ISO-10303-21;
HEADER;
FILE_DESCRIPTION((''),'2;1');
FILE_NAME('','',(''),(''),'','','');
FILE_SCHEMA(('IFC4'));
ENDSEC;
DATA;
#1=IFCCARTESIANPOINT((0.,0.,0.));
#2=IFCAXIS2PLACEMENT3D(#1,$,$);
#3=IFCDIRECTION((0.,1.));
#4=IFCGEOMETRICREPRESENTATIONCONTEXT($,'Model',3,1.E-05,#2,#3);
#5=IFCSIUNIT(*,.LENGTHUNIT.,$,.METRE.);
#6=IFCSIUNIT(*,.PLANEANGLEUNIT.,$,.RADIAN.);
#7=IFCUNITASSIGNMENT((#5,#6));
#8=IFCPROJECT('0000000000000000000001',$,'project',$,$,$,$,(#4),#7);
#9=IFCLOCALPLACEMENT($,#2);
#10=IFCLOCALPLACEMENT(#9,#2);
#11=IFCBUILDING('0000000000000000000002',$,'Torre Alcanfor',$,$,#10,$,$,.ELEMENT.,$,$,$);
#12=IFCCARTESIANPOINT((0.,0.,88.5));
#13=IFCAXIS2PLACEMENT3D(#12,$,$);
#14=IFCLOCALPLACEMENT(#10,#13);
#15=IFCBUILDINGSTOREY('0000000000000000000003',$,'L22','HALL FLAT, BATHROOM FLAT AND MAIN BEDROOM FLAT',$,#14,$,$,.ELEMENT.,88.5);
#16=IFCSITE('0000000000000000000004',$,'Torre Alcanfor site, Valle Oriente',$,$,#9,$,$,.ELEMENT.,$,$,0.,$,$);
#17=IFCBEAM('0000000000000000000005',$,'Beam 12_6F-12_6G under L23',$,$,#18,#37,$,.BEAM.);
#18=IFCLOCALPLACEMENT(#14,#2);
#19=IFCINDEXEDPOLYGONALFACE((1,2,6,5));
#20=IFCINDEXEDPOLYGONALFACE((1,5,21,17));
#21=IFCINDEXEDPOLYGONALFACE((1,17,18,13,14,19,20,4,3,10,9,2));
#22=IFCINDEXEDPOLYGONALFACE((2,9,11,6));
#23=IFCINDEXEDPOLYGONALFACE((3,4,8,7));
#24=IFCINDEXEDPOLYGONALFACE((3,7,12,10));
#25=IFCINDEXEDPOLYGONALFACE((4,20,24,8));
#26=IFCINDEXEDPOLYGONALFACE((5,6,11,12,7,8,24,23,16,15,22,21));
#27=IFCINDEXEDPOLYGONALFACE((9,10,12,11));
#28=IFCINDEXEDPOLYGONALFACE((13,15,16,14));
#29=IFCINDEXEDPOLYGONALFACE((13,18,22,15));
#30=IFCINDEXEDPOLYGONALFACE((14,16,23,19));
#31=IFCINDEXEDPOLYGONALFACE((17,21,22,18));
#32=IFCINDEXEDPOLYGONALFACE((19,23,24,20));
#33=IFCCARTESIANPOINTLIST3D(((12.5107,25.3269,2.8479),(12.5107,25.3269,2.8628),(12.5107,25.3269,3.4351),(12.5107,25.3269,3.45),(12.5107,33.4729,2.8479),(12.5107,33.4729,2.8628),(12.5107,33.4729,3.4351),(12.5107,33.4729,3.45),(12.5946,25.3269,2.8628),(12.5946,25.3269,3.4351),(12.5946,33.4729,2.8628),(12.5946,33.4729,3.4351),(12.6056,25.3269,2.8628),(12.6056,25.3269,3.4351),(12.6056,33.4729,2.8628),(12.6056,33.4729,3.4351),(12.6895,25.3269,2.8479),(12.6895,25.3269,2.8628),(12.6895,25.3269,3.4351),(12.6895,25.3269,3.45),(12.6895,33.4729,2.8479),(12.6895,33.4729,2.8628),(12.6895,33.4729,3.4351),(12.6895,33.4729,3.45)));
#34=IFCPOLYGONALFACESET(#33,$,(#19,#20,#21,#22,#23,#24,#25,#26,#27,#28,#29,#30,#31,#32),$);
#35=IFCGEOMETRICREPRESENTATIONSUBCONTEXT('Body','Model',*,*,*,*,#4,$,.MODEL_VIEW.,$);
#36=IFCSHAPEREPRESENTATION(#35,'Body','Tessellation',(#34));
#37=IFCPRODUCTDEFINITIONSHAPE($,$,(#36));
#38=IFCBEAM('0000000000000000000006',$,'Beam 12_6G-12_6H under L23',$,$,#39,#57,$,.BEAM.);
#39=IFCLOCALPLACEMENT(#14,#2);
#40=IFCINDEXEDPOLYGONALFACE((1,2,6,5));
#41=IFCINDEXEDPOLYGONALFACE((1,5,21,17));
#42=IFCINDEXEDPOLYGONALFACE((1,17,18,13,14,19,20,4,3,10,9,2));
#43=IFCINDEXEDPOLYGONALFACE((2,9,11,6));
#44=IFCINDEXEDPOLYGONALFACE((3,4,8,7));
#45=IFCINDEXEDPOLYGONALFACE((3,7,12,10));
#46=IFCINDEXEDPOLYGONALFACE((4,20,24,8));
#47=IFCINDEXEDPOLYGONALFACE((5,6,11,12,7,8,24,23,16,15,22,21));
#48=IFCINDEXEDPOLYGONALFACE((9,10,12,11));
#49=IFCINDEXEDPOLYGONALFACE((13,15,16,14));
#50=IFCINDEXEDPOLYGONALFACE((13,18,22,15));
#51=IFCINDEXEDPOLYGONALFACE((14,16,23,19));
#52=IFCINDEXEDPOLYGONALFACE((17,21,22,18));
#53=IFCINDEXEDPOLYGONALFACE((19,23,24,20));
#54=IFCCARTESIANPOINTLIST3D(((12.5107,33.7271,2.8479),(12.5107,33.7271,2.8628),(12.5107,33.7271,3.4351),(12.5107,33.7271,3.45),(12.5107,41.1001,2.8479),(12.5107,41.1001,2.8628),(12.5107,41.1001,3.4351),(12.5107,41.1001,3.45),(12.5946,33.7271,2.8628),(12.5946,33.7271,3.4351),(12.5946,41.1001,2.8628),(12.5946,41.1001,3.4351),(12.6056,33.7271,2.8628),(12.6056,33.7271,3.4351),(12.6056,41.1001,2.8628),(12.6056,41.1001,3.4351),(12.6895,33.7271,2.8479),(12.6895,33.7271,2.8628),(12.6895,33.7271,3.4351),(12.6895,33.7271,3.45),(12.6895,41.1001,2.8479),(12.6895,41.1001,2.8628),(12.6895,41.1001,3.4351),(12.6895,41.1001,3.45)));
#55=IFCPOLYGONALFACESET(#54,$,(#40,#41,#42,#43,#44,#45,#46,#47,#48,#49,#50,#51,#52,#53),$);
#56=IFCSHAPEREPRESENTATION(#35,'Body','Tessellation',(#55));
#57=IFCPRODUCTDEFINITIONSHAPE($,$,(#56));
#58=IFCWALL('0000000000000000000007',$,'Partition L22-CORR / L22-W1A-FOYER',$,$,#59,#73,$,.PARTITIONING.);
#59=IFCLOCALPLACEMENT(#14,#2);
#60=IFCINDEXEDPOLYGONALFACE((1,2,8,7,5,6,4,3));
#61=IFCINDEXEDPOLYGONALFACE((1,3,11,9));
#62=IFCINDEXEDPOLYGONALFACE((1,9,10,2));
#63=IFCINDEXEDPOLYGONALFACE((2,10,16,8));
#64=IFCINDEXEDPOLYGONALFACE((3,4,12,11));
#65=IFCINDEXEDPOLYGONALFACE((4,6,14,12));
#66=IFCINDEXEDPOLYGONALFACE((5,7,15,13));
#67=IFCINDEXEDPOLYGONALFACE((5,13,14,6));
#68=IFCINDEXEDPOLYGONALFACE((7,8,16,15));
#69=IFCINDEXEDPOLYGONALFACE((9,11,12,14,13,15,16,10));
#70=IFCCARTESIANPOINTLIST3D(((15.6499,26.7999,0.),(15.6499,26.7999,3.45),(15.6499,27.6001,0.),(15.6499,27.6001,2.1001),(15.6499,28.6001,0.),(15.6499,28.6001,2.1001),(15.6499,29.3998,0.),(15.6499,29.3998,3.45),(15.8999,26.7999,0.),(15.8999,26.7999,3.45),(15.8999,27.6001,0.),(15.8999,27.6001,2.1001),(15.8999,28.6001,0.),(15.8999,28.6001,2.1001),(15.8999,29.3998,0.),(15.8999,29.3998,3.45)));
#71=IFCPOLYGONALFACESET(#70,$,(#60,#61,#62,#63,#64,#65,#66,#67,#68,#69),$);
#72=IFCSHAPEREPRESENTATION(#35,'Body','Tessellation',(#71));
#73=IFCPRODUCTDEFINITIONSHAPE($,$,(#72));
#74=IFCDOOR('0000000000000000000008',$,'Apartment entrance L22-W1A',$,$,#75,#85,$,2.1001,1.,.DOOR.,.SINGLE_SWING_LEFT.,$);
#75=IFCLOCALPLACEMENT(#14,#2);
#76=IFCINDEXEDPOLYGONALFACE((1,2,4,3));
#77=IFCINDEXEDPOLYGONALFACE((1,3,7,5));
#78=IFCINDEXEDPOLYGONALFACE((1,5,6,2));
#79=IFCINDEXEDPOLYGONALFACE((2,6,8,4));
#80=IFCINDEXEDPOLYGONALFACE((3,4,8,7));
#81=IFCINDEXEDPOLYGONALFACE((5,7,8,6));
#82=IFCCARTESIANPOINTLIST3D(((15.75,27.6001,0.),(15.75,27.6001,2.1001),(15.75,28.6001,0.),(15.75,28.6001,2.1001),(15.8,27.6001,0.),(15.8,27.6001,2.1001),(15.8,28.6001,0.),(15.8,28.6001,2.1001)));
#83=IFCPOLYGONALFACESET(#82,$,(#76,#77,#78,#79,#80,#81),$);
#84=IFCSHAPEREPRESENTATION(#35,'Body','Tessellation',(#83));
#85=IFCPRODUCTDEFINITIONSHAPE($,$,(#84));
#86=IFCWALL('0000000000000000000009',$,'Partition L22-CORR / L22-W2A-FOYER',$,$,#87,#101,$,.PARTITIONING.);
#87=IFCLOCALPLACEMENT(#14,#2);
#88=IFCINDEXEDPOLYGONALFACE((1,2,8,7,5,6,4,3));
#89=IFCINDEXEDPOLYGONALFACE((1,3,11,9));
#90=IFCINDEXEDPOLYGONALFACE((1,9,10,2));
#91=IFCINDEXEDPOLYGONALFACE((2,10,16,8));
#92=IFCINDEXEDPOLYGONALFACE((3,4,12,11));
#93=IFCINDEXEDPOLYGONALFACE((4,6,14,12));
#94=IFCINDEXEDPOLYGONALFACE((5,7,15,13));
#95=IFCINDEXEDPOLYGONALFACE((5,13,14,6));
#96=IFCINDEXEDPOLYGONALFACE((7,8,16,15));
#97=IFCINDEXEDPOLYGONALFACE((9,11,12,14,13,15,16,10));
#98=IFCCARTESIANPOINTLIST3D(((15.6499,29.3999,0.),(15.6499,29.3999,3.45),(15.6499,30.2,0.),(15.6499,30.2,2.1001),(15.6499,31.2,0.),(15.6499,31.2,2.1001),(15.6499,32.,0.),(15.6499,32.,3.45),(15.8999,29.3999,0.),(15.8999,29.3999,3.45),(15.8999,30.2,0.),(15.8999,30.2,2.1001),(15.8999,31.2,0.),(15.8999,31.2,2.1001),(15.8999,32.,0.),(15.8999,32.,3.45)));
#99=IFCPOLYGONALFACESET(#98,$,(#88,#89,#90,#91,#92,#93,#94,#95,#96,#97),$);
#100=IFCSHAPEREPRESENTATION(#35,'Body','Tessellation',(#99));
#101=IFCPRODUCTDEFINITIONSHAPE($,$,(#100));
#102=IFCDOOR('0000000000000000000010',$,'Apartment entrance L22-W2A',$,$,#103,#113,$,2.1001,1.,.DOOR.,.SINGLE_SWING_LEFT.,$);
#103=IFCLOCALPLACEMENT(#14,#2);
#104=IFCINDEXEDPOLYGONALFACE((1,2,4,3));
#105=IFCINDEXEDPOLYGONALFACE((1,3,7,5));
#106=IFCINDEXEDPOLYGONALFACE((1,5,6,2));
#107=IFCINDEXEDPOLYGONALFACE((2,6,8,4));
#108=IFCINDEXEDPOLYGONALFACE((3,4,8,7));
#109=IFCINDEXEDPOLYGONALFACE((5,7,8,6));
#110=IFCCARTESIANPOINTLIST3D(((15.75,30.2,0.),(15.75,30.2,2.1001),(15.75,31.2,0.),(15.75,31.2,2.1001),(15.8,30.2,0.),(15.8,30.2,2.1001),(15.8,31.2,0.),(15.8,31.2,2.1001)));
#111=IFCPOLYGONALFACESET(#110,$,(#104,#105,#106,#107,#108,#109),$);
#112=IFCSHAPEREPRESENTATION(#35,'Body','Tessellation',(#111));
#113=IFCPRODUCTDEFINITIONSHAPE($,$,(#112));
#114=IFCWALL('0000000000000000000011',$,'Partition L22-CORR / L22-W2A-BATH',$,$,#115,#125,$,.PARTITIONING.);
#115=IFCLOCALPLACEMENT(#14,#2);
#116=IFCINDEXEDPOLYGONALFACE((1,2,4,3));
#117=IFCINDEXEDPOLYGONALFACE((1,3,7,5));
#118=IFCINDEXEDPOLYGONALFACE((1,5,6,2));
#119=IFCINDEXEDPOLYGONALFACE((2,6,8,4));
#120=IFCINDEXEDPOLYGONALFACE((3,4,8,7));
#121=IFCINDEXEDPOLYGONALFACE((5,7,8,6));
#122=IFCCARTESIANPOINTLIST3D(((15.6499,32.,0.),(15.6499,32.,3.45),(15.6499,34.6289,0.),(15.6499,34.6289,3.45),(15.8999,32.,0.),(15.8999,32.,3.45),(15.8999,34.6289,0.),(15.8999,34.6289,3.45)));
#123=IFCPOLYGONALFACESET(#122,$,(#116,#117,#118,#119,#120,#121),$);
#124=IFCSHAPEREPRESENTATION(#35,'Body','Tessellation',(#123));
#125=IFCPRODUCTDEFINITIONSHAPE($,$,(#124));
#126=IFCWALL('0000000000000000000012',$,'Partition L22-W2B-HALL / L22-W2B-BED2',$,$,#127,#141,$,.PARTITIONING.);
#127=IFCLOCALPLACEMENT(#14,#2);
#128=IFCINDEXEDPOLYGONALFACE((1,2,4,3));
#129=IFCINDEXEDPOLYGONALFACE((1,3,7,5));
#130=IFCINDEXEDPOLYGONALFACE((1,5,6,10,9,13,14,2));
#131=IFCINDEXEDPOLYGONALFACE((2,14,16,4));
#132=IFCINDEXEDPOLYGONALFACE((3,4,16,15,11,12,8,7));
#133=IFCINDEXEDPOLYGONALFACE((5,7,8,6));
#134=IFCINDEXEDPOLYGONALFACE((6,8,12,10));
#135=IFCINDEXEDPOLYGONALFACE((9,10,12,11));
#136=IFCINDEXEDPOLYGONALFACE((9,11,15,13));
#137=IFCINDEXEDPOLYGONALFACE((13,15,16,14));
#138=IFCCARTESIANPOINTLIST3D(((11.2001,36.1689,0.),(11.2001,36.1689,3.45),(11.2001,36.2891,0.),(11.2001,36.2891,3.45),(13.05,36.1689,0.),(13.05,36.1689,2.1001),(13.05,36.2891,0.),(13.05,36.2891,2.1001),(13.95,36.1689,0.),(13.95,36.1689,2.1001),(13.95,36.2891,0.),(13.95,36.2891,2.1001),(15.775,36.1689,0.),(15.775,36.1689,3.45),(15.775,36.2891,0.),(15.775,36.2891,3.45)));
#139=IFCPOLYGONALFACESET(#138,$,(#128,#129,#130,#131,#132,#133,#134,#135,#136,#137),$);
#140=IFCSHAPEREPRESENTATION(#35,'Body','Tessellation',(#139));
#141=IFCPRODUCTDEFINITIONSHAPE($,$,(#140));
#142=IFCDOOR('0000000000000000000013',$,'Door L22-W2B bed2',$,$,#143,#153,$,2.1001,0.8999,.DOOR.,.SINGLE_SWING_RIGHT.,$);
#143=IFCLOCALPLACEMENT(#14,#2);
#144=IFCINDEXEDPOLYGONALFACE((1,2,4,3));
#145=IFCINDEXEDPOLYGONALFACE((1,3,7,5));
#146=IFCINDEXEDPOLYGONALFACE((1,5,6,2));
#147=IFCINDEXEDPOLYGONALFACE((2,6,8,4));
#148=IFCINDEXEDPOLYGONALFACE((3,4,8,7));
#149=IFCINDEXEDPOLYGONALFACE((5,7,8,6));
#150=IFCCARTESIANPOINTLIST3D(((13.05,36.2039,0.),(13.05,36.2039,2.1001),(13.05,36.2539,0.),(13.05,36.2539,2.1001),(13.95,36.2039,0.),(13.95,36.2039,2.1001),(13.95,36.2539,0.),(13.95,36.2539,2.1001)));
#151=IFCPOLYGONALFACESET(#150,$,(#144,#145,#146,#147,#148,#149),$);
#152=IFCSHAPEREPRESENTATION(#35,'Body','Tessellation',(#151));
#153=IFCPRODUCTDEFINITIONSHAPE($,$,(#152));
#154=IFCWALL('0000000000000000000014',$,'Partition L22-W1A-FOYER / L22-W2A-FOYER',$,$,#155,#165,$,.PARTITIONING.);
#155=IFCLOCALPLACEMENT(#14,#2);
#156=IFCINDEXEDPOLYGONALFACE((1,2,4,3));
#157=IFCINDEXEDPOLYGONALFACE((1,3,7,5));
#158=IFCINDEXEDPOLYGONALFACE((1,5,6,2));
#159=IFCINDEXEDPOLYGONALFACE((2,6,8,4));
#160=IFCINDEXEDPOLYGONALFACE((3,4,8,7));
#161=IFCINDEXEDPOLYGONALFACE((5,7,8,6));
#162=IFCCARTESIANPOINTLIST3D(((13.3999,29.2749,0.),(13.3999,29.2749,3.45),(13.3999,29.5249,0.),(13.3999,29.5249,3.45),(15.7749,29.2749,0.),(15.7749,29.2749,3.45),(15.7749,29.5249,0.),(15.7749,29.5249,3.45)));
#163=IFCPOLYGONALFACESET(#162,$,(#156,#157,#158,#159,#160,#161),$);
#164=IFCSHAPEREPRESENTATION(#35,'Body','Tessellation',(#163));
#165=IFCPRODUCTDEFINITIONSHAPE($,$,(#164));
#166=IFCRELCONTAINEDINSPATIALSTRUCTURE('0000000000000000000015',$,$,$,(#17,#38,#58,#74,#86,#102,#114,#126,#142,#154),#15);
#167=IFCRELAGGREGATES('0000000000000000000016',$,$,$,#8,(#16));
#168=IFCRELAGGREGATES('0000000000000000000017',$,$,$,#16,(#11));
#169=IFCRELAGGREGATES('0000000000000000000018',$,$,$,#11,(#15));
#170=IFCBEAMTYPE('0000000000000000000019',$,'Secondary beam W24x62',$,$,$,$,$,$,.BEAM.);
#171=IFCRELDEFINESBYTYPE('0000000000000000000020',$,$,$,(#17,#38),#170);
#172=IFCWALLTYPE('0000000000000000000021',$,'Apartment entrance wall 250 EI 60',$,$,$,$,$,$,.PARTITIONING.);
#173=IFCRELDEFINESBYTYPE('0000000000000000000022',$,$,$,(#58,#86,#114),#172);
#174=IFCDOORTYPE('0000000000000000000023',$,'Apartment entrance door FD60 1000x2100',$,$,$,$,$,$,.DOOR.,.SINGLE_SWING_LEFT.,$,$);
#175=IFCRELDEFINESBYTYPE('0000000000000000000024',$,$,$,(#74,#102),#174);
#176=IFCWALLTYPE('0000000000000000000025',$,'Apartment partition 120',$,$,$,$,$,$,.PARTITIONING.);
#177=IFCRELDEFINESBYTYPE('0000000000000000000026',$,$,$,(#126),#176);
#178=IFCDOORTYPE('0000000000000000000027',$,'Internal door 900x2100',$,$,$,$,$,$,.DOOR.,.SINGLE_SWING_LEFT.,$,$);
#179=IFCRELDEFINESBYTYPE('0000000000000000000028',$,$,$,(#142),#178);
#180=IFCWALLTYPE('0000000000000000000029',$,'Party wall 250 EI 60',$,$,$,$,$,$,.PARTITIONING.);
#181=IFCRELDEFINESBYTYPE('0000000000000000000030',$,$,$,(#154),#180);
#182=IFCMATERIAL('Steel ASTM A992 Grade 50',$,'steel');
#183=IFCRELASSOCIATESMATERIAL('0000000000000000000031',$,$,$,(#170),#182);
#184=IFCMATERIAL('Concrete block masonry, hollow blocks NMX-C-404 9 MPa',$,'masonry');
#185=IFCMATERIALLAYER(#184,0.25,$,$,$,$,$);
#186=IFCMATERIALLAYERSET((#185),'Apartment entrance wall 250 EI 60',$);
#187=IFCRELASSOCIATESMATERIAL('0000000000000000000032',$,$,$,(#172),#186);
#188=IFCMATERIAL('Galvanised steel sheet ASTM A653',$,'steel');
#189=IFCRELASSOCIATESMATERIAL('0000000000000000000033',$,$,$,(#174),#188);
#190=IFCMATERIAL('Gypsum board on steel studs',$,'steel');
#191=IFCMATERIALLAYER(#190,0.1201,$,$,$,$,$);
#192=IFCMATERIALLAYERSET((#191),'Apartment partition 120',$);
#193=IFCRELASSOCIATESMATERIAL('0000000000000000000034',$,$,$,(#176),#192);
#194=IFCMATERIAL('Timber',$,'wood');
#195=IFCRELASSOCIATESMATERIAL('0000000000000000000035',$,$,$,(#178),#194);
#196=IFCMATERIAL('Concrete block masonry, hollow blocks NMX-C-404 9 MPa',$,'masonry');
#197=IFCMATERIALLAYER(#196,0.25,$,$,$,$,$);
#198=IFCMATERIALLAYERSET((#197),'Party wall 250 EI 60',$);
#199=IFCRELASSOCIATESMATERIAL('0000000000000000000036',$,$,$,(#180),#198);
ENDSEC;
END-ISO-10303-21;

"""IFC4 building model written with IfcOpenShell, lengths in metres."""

from ifc_helpers import new_model, si_unit, direction, frame, frame_2d, origin, origin_2d, place, context, subcontext, project, spatial, rectangle, i_section, extrude, material, layer, layer_set, material_profile, profile_set, type_object, element, fill, save


model = new_model("IFC4")

# Units and contexts
model_context = context("Model", 3, precision=1e-05, world=origin(), true_north=direction((0.0, 1.0)))
body_context = subcontext(model_context, "Body", "Model", "MODEL_VIEW")
ifc_project = project(units=[si_unit("LENGTHUNIT", "METRE"), si_unit("PLANEANGLEUNIT", "RADIAN")], contexts=[model_context])

# Site, building, storey
site_placement = place(None, origin())
site = spatial("IfcSite", under=ifc_project, at=site_placement, Name="Torre Alcanfor site, Valle Oriente", CompositionType="ELEMENT", RefElevation=0.0)
building_placement = place(site_placement, origin())
building = spatial("IfcBuilding", under=site, at=building_placement, Name="Torre Alcanfor", CompositionType="ELEMENT")
storey_placement = place(building_placement, frame((0.0, 0.0, 88.5)))
storey = spatial("IfcBuildingStorey", under=building, at=storey_placement, Name="L22", Description="HALL FLAT, BATHROOM FLAT AND MAIN BEDROOM FLAT", CompositionType="ELEMENT", Elevation=88.5)

# Beams
ifc_material_1 = material(Name="Steel ASTM A992 Grade 50", Category="steel")
ifc_material_profile = material_profile(ifc_material_1, i_section(OverallWidth=0.1787, OverallDepth=0.6021, WebThickness=0.011, FlangeThickness=0.0149, at=origin_2d()), Name="W24x62")
ifc_profile_set = profile_set([ifc_material_profile], Name="Steel ASTM A992 Grade 50")
beam_type = type_object("IfcBeamType", Name="Secondary beam W24x62", PredefinedType="BEAM", material=ifc_profile_set)
beam_1_placement = place(storey_placement, frame((12.6001, 25.3269, 3.1489), z_axis=(0.0, 1.0, 0.0), x_axis=(-1.0, 0.0, 0.0)))
element("IfcBeam", 1, at=beam_1_placement, inside=storey, type_object=beam_type, Name="Beam 12_6F-12_6G under L23", PredefinedType="BEAM", context=body_context, shape_type="SweptSolid", body=[
    extrude(i_section(OverallWidth=0.1787, OverallDepth=0.6021, WebThickness=0.011, FlangeThickness=0.0149, at=origin_2d()), origin(), (0.0, 0.0, 1.0), 8.146),
])
beam_2_placement = place(storey_placement, frame((12.6001, 33.7271, 3.1489), z_axis=(0.0, 1.0, 0.0), x_axis=(-1.0, 0.0, 0.0)))
element("IfcBeam", 2, at=beam_2_placement, inside=storey, type_object=beam_type, Name="Beam 12_6G-12_6H under L23", PredefinedType="BEAM", context=body_context, shape_type="SweptSolid", body=[
    extrude(i_section(OverallWidth=0.1787, OverallDepth=0.6021, WebThickness=0.011, FlangeThickness=0.0149, at=origin_2d()), origin(), (0.0, 0.0, 1.0), 7.373),
])

# Walls, openings, doors
ifc_material_2 = material(Name="Concrete block masonry, hollow blocks NMX-C-404 9 MPa", Category="masonry")
ifc_layer_1 = layer(ifc_material_2, 0.25)
ifc_layer_set_1 = layer_set([ifc_layer_1], Name="Apartment entrance wall 250 EI 60")
wall_type_1 = type_object("IfcWallType", Name="Apartment entrance wall 250 EI 60", PredefinedType="PARTITIONING", material=ifc_layer_set_1)
wall_1_placement = place(storey_placement, frame((15.7749, 26.8, 0.0), z_axis=(0.0, 0.0, 1.0), x_axis=(0.0, 1.0, 0.0)))
wall_1 = element("IfcWall", 3, at=wall_1_placement, inside=storey, type_object=wall_type_1, Name="Partition L22-CORR / L22-W1A-FOYER", PredefinedType="PARTITIONING", context=body_context, shape_type="SweptSolid", body=[
    extrude(rectangle(XDim=2.5999, YDim=0.25, at=frame_2d((1.2998, 0.0))), origin(), (0.0, 0.0, 1.0), 3.45),
])
opening_1_placement = place(wall_1_placement, frame((0.8, 0.0, 0.0)))
opening_1 = element("IfcOpeningElement", 4, at=opening_1_placement, cuts=wall_1, PredefinedType="OPENING", context=body_context, shape_type="SweptSolid", body=[
    extrude(rectangle(XDim=1.0, YDim=2.1001, at=frame_2d((0.5, 1.05))), frame((0.0, 0.135, 0.0), z_axis=(0.0, -1.0, 0.0), x_axis=(1.0, 0.0, 0.0)), (0.0, 0.0, 1.0), 0.27),
])
ifc_material_3 = material(Name="Galvanised steel sheet ASTM A653", Category="steel")
door_type_1 = type_object("IfcDoorType", Name="Apartment entrance door FD60 1000x2100", OperationType="SINGLE_SWING_LEFT", PredefinedType="DOOR", material=ifc_material_3)
door_1_placement = place(opening_1_placement, origin())
door_1 = element("IfcDoor", 5, at=door_1_placement, inside=storey, type_object=door_type_1, Name="Apartment entrance L22-W1A", OperationType="SINGLE_SWING_LEFT", OverallHeight=2.1001, OverallWidth=1.0, PredefinedType="DOOR", context=body_context, shape_type="SweptSolid", body=[
    extrude(rectangle(XDim=1.0, YDim=2.1001, at=frame_2d((0.5, 1.05))), frame((0.0, 0.0249, 0.0), z_axis=(0.0, -1.0, 0.0), x_axis=(1.0, 0.0, 0.0)), (0.0, 0.0, 1.0), 0.05),
])
fill(opening_1, door_1)
wall_2_placement = place(storey_placement, frame((15.7749, 29.3999, 0.0), z_axis=(0.0, 0.0, 1.0), x_axis=(0.0, 1.0, 0.0)))
wall_2 = element("IfcWall", 6, at=wall_2_placement, inside=storey, type_object=wall_type_1, Name="Partition L22-CORR / L22-W2A-FOYER", PredefinedType="PARTITIONING", context=body_context, shape_type="SweptSolid", body=[
    extrude(rectangle(XDim=2.6001, YDim=0.25, at=frame_2d((1.3, 0.0))), origin(), (0.0, 0.0, 1.0), 3.45),
])
opening_2_placement = place(wall_2_placement, frame((0.8, 0.0, 0.0)))
opening_2 = element("IfcOpeningElement", 7, at=opening_2_placement, cuts=wall_2, PredefinedType="OPENING", context=body_context, shape_type="SweptSolid", body=[
    extrude(rectangle(XDim=1.0, YDim=2.1001, at=frame_2d((0.5, 1.05))), frame((0.0, 0.135, 0.0), z_axis=(0.0, -1.0, 0.0), x_axis=(1.0, 0.0, 0.0)), (0.0, 0.0, 1.0), 0.27),
])
door_2_placement = place(opening_2_placement, origin())
door_2 = element("IfcDoor", 8, at=door_2_placement, inside=storey, type_object=door_type_1, Name="Apartment entrance L22-W2A", OperationType="SINGLE_SWING_LEFT", OverallHeight=2.1001, OverallWidth=1.0, PredefinedType="DOOR", context=body_context, shape_type="SweptSolid", body=[
    extrude(rectangle(XDim=1.0, YDim=2.1001, at=frame_2d((0.5, 1.05))), frame((0.0, 0.0249, 0.0), z_axis=(0.0, -1.0, 0.0), x_axis=(1.0, 0.0, 0.0)), (0.0, 0.0, 1.0), 0.05),
])
fill(opening_2, door_2)

# Wall
wall_3_placement = place(storey_placement, frame((15.7749, 32.0, 0.0), z_axis=(0.0, 0.0, 1.0), x_axis=(0.0, 1.0, 0.0)))
element("IfcWall", 9, at=wall_3_placement, inside=storey, type_object=wall_type_1, Name="Partition L22-CORR / L22-W2A-BATH", PredefinedType="PARTITIONING", context=body_context, shape_type="SweptSolid", body=[
    extrude(rectangle(XDim=2.6289, YDim=0.25, at=frame_2d((1.3145, 0.0))), origin(), (0.0, 0.0, 1.0), 3.45),
])

# Wall, opening, door
ifc_material_4 = material(Name="Gypsum board on steel studs", Category="steel")
ifc_layer_2 = layer(ifc_material_4, 0.1201)
ifc_layer_set_2 = layer_set([ifc_layer_2], Name="Apartment partition 120")
wall_type_2 = type_object("IfcWallType", Name="Apartment partition 120", PredefinedType="PARTITIONING", material=ifc_layer_set_2)
wall_4_placement = place(storey_placement, frame((11.2, 36.229, 0.0), z_axis=(0.0, 0.0, 1.0), x_axis=(1.0, 0.0, 0.0)))
wall_4 = element("IfcWall", 10, at=wall_4_placement, inside=storey, type_object=wall_type_2, Name="Partition L22-W2B-HALL / L22-W2B-BED2", PredefinedType="PARTITIONING", context=body_context, shape_type="SweptSolid", body=[
    extrude(rectangle(XDim=4.575, YDim=0.1201, at=frame_2d((2.2876, 0.0))), origin(), (0.0, 0.0, 1.0), 3.45),
])
opening_3_placement = place(wall_4_placement, frame((1.8501, 0.0, 0.0)))
opening_3 = element("IfcOpeningElement", 11, at=opening_3_placement, cuts=wall_4, PredefinedType="OPENING", context=body_context, shape_type="SweptSolid", body=[
    extrude(rectangle(XDim=0.8999, YDim=2.1001, at=frame_2d((0.45, 1.05))), frame((0.0, 0.0701, 0.0), z_axis=(0.0, -1.0, 0.0), x_axis=(1.0, 0.0, 0.0)), (0.0, 0.0, 1.0), 0.1401),
])
ifc_material_5 = material(Name="Timber", Category="wood")
door_type_2 = type_object("IfcDoorType", Name="Internal door 900x2100", OperationType="SINGLE_SWING_LEFT", PredefinedType="DOOR", material=ifc_material_5)
door_3_placement = place(opening_3_placement, origin())
door_3 = element("IfcDoor", 12, at=door_3_placement, inside=storey, type_object=door_type_2, Name="Door L22-W2B bed2", OperationType="SINGLE_SWING_RIGHT", OverallHeight=2.1001, OverallWidth=0.8999, PredefinedType="DOOR", context=body_context, shape_type="SweptSolid", body=[
    extrude(rectangle(XDim=0.8999, YDim=2.1001, at=frame_2d((0.45, 1.05))), frame((0.0, 0.0249, 0.0), z_axis=(0.0, -1.0, 0.0), x_axis=(1.0, 0.0, 0.0)), (0.0, 0.0, 1.0), 0.05),
])
fill(opening_3, door_3)

# Wall
ifc_material_6 = material(Name="Concrete block masonry, hollow blocks NMX-C-404 9 MPa", Category="masonry")
ifc_layer_3 = layer(ifc_material_6, 0.25)
ifc_layer_set_3 = layer_set([ifc_layer_3], Name="Party wall 250 EI 60")
wall_type_3 = type_object("IfcWallType", Name="Party wall 250 EI 60", PredefinedType="PARTITIONING", material=ifc_layer_set_3)
wall_5_placement = place(storey_placement, frame((15.7749, 29.3999, 0.0), z_axis=(0.0, 0.0, 1.0), x_axis=(-1.0, 0.0, 0.0)))
element("IfcWall", 13, at=wall_5_placement, inside=storey, type_object=wall_type_3, Name="Partition L22-W1A-FOYER / L22-W2A-FOYER", PredefinedType="PARTITIONING", context=body_context, shape_type="SweptSolid", body=[
    extrude(rectangle(XDim=2.375, YDim=0.25, at=frame_2d((1.1875, 0.0))), origin(), (0.0, 0.0, 1.0), 3.45),
])

save(model, "model.ifc")
